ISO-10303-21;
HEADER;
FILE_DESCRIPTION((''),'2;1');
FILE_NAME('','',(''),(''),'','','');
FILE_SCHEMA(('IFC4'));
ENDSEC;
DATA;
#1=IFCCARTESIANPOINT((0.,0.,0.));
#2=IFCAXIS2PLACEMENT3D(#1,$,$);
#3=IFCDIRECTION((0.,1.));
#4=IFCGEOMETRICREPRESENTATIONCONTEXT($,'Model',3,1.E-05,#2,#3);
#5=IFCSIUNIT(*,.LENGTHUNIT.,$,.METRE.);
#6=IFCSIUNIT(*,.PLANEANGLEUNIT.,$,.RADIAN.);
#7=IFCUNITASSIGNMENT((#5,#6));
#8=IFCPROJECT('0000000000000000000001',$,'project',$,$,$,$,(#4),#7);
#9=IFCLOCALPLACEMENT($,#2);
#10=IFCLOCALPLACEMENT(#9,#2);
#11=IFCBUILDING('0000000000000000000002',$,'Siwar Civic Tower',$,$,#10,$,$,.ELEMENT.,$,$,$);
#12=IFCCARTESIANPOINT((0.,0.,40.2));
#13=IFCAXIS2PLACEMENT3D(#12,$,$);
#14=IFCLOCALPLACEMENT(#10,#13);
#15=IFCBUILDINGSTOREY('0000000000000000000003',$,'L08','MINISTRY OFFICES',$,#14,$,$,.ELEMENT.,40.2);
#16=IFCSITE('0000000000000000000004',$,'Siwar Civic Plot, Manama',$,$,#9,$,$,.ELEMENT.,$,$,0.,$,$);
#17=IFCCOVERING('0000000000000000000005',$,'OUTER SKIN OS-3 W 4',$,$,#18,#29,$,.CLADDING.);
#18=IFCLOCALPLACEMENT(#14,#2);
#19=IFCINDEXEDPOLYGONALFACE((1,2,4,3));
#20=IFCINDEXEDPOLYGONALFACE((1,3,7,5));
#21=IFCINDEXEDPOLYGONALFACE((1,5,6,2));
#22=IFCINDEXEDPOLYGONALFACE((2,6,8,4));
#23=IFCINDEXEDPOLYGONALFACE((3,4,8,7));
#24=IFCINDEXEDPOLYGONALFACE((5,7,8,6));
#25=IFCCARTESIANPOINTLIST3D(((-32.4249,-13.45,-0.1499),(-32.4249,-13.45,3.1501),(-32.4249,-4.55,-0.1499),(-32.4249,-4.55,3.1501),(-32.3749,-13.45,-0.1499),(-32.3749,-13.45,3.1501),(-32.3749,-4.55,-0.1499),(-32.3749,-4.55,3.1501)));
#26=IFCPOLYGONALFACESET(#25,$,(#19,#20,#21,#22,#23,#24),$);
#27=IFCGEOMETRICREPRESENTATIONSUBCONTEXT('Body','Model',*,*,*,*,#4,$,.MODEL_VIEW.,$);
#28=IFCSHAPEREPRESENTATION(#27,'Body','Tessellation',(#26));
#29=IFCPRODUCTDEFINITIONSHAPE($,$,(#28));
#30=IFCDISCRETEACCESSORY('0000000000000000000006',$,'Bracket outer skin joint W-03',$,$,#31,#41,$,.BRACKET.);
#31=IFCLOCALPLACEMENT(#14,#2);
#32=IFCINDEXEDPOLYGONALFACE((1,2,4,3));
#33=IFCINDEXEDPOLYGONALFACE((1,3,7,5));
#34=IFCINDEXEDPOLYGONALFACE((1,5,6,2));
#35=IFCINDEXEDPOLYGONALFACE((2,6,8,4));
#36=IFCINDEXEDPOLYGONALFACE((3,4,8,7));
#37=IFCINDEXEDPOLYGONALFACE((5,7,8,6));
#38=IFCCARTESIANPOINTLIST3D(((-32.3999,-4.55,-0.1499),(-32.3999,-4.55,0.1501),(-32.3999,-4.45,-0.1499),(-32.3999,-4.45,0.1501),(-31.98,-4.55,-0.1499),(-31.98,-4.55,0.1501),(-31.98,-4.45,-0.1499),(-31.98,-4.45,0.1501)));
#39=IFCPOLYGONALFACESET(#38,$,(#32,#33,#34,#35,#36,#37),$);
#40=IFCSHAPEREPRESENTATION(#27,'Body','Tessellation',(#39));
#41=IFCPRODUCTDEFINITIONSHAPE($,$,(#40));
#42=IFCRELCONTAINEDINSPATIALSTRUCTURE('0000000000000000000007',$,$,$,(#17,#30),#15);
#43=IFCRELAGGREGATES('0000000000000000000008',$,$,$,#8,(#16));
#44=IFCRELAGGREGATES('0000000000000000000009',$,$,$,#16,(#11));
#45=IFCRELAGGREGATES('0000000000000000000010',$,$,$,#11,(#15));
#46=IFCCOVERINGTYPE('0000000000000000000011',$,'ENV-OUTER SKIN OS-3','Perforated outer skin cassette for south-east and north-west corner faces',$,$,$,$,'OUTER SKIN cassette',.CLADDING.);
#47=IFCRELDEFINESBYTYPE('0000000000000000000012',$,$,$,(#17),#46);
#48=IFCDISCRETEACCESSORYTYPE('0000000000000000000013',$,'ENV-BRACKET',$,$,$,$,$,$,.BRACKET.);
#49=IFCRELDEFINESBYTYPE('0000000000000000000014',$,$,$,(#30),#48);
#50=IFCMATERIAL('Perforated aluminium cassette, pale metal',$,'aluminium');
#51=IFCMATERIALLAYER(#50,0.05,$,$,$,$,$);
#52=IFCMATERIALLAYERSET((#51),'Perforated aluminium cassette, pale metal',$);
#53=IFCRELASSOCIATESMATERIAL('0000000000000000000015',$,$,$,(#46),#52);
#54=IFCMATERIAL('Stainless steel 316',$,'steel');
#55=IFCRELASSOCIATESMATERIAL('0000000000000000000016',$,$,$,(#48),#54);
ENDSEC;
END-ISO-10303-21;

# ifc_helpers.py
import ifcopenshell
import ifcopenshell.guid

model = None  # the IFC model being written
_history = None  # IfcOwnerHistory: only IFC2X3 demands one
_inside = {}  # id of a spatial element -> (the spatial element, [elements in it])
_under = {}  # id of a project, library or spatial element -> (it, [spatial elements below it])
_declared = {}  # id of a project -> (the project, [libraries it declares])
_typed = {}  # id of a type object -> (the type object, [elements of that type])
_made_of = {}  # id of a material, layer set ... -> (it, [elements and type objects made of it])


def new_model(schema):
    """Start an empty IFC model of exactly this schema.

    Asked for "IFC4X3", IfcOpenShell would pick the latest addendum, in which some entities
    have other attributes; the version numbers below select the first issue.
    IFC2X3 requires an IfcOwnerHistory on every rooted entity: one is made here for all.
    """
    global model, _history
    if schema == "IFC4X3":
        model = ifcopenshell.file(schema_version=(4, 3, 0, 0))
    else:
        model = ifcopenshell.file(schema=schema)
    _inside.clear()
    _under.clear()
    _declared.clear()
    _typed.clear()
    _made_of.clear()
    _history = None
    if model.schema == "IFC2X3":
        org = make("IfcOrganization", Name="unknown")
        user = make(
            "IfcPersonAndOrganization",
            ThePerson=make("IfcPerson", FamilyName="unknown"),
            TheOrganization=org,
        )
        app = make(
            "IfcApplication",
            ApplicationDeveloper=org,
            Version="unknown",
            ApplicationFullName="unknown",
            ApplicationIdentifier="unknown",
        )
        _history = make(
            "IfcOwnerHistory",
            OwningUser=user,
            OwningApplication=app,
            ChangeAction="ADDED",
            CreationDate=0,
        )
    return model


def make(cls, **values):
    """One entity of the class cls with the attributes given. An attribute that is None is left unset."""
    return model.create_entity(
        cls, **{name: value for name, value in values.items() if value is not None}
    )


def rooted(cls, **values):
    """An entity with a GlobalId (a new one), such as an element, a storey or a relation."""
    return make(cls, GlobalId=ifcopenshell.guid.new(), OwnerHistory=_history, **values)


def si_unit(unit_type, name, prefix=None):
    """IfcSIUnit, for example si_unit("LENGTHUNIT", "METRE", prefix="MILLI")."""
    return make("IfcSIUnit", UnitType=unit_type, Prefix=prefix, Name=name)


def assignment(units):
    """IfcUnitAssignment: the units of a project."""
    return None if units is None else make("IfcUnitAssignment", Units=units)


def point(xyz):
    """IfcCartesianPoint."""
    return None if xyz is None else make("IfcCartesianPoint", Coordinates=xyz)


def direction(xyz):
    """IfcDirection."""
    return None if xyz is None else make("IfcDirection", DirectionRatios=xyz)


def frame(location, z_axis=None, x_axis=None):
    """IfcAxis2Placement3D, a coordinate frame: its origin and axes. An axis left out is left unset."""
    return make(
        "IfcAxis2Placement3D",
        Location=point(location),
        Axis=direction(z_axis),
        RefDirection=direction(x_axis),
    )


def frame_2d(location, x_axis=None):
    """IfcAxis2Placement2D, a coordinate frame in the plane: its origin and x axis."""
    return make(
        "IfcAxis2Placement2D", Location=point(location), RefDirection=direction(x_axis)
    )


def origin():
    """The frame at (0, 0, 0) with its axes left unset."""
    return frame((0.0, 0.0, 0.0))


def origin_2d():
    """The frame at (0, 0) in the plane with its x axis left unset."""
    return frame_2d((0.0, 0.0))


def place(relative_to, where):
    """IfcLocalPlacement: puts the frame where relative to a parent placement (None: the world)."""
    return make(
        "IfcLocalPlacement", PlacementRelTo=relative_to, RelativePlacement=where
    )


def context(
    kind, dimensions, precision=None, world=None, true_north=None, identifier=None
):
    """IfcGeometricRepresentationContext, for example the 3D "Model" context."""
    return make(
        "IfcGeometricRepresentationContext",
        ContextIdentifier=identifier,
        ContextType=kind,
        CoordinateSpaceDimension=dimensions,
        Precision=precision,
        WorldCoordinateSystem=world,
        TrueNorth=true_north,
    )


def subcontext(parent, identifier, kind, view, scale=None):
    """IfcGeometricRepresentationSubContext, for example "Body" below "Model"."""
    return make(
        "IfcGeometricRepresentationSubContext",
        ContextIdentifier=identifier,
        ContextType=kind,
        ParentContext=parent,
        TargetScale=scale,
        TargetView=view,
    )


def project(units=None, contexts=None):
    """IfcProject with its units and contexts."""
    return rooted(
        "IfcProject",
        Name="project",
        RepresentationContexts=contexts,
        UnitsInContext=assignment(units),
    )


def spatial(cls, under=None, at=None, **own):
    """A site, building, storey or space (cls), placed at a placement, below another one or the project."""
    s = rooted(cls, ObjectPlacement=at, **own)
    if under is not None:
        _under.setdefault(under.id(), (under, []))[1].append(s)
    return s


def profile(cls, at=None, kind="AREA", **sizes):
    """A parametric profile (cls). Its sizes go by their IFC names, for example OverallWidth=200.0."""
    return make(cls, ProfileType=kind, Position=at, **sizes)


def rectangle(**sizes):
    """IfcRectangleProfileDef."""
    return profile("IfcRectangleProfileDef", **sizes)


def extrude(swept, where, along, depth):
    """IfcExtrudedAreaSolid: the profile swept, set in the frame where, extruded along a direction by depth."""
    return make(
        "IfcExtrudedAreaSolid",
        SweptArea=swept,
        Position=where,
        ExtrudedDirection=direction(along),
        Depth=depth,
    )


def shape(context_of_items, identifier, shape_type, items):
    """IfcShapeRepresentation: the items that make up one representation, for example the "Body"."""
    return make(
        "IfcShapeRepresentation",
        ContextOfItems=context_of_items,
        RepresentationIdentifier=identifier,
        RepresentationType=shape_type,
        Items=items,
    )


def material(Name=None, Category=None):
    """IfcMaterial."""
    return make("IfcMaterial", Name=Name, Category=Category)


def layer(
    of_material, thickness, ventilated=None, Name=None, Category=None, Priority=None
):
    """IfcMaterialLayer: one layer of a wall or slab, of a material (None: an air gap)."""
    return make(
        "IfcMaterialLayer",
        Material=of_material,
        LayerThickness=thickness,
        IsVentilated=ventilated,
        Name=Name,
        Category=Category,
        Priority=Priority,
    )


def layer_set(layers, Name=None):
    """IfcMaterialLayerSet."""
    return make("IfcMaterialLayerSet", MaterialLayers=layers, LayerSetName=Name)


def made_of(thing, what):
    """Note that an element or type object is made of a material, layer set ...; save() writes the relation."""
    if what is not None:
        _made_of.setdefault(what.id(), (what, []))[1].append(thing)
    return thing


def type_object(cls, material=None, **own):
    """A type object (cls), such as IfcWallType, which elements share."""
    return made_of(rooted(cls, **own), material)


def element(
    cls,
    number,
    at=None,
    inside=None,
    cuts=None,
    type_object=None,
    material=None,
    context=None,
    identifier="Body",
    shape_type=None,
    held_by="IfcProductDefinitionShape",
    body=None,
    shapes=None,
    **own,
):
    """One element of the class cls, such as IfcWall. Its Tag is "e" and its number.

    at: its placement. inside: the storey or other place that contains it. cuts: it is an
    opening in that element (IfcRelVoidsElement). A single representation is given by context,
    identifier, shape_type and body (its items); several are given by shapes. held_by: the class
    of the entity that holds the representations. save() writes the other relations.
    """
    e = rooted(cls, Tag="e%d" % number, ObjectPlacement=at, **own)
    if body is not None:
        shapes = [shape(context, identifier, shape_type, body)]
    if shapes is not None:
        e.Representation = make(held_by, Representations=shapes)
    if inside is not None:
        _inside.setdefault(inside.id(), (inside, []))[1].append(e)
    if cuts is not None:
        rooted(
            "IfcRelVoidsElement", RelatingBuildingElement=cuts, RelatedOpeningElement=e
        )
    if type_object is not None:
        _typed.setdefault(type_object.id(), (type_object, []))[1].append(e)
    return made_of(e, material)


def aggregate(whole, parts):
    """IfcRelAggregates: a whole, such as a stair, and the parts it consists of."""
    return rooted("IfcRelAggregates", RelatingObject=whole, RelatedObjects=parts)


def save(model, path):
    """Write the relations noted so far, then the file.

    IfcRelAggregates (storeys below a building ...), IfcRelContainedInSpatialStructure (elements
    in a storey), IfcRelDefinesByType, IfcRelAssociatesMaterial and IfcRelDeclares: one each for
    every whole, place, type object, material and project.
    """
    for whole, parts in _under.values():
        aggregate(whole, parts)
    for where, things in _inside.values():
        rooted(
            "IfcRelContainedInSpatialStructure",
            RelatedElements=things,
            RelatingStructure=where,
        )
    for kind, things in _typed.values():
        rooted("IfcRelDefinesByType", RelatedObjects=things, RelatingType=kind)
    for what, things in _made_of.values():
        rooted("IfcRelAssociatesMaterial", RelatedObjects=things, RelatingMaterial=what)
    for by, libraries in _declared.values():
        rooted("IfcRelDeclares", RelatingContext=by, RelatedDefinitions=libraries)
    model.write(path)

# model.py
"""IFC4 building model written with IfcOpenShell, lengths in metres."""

from ifc_helpers import new_model, si_unit, direction, frame, origin, origin_2d, place, context, subcontext, project, spatial, rectangle, extrude, material, layer, layer_set, type_object, element, save


model = new_model("IFC4")

# Units and contexts
model_context = context("Model", 3, precision=1e-05, world=origin(), true_north=direction((0.0, 1.0)))
body_context = subcontext(model_context, "Body", "Model", "MODEL_VIEW")
ifc_project = project(units=[si_unit("LENGTHUNIT", "METRE"), si_unit("PLANEANGLEUNIT", "RADIAN")], contexts=[model_context])

# Site, building, storey
site_placement = place(None, origin())
site = spatial("IfcSite", under=ifc_project, at=site_placement, Name="Siwar Civic Plot, Manama", CompositionType="ELEMENT", RefElevation=0.0)
building_placement = place(site_placement, origin())
building = spatial("IfcBuilding", under=site, at=building_placement, Name="Siwar Civic Tower", CompositionType="ELEMENT")
storey_placement = place(building_placement, frame((0.0, 0.0, 40.2)))
storey = spatial("IfcBuildingStorey", under=building, at=storey_placement, Name="L08", Description="MINISTRY OFFICES", CompositionType="ELEMENT", Elevation=40.2)

# Covering
ifc_material_1 = material(Name="Perforated aluminium cassette, pale metal", Category="aluminium")
ifc_layer_1 = layer(ifc_material_1, 0.05)
ifc_layer_set_1 = layer_set([ifc_layer_1], Name="Perforated aluminium cassette, pale metal")
covering_type = type_object("IfcCoveringType", Name="ENV-OUTER SKIN OS-3", Description="Perforated outer skin cassette for south-east and north-west corner faces", ElementType="OUTER SKIN cassette", PredefinedType="CLADDING", material=ifc_layer_set_1)
for number, where, z_axis, x_axis, name in (
    (1, (-32.3999, -9.0, -0.1499), (0.0, 0.0, 1.0), (0.0, -1.0, 0.0), "OUTER SKIN OS-3 W 4"),
):
    element("IfcCovering", number, at=place(storey_placement, frame(where, z_axis=z_axis, x_axis=x_axis)), inside=storey, type_object=covering_type, Name=name, PredefinedType="CLADDING", context=body_context, shape_type="SweptSolid", body=[
        extrude(rectangle(XDim=8.8999, YDim=0.05, at=origin_2d()), origin(), (0.0, 0.0, 1.0), 3.3),
    ])

# Discrete accessory
ifc_material_2 = material(Name="Stainless steel 316", Category="steel")
discrete_accessory_type = type_object("IfcDiscreteAccessoryType", Name="ENV-BRACKET", PredefinedType="BRACKET", material=ifc_material_2)
discrete_accessory_placement = place(storey_placement, frame((-32.1899, -4.5, -0.1499), z_axis=(0.0, 0.0, 1.0), x_axis=(-1.0, 0.0, 0.0)))
element("IfcDiscreteAccessory", 2, at=discrete_accessory_placement, inside=storey, type_object=discrete_accessory_type, Name="Bracket outer skin joint W-03", PredefinedType="BRACKET", context=body_context, shape_type="SweptSolid", body=[
    extrude(rectangle(XDim=0.4199, YDim=0.1001, at=origin_2d()), origin(), (0.0, 0.0, 1.0), 0.3),
])

save(model, "model.ifc")
